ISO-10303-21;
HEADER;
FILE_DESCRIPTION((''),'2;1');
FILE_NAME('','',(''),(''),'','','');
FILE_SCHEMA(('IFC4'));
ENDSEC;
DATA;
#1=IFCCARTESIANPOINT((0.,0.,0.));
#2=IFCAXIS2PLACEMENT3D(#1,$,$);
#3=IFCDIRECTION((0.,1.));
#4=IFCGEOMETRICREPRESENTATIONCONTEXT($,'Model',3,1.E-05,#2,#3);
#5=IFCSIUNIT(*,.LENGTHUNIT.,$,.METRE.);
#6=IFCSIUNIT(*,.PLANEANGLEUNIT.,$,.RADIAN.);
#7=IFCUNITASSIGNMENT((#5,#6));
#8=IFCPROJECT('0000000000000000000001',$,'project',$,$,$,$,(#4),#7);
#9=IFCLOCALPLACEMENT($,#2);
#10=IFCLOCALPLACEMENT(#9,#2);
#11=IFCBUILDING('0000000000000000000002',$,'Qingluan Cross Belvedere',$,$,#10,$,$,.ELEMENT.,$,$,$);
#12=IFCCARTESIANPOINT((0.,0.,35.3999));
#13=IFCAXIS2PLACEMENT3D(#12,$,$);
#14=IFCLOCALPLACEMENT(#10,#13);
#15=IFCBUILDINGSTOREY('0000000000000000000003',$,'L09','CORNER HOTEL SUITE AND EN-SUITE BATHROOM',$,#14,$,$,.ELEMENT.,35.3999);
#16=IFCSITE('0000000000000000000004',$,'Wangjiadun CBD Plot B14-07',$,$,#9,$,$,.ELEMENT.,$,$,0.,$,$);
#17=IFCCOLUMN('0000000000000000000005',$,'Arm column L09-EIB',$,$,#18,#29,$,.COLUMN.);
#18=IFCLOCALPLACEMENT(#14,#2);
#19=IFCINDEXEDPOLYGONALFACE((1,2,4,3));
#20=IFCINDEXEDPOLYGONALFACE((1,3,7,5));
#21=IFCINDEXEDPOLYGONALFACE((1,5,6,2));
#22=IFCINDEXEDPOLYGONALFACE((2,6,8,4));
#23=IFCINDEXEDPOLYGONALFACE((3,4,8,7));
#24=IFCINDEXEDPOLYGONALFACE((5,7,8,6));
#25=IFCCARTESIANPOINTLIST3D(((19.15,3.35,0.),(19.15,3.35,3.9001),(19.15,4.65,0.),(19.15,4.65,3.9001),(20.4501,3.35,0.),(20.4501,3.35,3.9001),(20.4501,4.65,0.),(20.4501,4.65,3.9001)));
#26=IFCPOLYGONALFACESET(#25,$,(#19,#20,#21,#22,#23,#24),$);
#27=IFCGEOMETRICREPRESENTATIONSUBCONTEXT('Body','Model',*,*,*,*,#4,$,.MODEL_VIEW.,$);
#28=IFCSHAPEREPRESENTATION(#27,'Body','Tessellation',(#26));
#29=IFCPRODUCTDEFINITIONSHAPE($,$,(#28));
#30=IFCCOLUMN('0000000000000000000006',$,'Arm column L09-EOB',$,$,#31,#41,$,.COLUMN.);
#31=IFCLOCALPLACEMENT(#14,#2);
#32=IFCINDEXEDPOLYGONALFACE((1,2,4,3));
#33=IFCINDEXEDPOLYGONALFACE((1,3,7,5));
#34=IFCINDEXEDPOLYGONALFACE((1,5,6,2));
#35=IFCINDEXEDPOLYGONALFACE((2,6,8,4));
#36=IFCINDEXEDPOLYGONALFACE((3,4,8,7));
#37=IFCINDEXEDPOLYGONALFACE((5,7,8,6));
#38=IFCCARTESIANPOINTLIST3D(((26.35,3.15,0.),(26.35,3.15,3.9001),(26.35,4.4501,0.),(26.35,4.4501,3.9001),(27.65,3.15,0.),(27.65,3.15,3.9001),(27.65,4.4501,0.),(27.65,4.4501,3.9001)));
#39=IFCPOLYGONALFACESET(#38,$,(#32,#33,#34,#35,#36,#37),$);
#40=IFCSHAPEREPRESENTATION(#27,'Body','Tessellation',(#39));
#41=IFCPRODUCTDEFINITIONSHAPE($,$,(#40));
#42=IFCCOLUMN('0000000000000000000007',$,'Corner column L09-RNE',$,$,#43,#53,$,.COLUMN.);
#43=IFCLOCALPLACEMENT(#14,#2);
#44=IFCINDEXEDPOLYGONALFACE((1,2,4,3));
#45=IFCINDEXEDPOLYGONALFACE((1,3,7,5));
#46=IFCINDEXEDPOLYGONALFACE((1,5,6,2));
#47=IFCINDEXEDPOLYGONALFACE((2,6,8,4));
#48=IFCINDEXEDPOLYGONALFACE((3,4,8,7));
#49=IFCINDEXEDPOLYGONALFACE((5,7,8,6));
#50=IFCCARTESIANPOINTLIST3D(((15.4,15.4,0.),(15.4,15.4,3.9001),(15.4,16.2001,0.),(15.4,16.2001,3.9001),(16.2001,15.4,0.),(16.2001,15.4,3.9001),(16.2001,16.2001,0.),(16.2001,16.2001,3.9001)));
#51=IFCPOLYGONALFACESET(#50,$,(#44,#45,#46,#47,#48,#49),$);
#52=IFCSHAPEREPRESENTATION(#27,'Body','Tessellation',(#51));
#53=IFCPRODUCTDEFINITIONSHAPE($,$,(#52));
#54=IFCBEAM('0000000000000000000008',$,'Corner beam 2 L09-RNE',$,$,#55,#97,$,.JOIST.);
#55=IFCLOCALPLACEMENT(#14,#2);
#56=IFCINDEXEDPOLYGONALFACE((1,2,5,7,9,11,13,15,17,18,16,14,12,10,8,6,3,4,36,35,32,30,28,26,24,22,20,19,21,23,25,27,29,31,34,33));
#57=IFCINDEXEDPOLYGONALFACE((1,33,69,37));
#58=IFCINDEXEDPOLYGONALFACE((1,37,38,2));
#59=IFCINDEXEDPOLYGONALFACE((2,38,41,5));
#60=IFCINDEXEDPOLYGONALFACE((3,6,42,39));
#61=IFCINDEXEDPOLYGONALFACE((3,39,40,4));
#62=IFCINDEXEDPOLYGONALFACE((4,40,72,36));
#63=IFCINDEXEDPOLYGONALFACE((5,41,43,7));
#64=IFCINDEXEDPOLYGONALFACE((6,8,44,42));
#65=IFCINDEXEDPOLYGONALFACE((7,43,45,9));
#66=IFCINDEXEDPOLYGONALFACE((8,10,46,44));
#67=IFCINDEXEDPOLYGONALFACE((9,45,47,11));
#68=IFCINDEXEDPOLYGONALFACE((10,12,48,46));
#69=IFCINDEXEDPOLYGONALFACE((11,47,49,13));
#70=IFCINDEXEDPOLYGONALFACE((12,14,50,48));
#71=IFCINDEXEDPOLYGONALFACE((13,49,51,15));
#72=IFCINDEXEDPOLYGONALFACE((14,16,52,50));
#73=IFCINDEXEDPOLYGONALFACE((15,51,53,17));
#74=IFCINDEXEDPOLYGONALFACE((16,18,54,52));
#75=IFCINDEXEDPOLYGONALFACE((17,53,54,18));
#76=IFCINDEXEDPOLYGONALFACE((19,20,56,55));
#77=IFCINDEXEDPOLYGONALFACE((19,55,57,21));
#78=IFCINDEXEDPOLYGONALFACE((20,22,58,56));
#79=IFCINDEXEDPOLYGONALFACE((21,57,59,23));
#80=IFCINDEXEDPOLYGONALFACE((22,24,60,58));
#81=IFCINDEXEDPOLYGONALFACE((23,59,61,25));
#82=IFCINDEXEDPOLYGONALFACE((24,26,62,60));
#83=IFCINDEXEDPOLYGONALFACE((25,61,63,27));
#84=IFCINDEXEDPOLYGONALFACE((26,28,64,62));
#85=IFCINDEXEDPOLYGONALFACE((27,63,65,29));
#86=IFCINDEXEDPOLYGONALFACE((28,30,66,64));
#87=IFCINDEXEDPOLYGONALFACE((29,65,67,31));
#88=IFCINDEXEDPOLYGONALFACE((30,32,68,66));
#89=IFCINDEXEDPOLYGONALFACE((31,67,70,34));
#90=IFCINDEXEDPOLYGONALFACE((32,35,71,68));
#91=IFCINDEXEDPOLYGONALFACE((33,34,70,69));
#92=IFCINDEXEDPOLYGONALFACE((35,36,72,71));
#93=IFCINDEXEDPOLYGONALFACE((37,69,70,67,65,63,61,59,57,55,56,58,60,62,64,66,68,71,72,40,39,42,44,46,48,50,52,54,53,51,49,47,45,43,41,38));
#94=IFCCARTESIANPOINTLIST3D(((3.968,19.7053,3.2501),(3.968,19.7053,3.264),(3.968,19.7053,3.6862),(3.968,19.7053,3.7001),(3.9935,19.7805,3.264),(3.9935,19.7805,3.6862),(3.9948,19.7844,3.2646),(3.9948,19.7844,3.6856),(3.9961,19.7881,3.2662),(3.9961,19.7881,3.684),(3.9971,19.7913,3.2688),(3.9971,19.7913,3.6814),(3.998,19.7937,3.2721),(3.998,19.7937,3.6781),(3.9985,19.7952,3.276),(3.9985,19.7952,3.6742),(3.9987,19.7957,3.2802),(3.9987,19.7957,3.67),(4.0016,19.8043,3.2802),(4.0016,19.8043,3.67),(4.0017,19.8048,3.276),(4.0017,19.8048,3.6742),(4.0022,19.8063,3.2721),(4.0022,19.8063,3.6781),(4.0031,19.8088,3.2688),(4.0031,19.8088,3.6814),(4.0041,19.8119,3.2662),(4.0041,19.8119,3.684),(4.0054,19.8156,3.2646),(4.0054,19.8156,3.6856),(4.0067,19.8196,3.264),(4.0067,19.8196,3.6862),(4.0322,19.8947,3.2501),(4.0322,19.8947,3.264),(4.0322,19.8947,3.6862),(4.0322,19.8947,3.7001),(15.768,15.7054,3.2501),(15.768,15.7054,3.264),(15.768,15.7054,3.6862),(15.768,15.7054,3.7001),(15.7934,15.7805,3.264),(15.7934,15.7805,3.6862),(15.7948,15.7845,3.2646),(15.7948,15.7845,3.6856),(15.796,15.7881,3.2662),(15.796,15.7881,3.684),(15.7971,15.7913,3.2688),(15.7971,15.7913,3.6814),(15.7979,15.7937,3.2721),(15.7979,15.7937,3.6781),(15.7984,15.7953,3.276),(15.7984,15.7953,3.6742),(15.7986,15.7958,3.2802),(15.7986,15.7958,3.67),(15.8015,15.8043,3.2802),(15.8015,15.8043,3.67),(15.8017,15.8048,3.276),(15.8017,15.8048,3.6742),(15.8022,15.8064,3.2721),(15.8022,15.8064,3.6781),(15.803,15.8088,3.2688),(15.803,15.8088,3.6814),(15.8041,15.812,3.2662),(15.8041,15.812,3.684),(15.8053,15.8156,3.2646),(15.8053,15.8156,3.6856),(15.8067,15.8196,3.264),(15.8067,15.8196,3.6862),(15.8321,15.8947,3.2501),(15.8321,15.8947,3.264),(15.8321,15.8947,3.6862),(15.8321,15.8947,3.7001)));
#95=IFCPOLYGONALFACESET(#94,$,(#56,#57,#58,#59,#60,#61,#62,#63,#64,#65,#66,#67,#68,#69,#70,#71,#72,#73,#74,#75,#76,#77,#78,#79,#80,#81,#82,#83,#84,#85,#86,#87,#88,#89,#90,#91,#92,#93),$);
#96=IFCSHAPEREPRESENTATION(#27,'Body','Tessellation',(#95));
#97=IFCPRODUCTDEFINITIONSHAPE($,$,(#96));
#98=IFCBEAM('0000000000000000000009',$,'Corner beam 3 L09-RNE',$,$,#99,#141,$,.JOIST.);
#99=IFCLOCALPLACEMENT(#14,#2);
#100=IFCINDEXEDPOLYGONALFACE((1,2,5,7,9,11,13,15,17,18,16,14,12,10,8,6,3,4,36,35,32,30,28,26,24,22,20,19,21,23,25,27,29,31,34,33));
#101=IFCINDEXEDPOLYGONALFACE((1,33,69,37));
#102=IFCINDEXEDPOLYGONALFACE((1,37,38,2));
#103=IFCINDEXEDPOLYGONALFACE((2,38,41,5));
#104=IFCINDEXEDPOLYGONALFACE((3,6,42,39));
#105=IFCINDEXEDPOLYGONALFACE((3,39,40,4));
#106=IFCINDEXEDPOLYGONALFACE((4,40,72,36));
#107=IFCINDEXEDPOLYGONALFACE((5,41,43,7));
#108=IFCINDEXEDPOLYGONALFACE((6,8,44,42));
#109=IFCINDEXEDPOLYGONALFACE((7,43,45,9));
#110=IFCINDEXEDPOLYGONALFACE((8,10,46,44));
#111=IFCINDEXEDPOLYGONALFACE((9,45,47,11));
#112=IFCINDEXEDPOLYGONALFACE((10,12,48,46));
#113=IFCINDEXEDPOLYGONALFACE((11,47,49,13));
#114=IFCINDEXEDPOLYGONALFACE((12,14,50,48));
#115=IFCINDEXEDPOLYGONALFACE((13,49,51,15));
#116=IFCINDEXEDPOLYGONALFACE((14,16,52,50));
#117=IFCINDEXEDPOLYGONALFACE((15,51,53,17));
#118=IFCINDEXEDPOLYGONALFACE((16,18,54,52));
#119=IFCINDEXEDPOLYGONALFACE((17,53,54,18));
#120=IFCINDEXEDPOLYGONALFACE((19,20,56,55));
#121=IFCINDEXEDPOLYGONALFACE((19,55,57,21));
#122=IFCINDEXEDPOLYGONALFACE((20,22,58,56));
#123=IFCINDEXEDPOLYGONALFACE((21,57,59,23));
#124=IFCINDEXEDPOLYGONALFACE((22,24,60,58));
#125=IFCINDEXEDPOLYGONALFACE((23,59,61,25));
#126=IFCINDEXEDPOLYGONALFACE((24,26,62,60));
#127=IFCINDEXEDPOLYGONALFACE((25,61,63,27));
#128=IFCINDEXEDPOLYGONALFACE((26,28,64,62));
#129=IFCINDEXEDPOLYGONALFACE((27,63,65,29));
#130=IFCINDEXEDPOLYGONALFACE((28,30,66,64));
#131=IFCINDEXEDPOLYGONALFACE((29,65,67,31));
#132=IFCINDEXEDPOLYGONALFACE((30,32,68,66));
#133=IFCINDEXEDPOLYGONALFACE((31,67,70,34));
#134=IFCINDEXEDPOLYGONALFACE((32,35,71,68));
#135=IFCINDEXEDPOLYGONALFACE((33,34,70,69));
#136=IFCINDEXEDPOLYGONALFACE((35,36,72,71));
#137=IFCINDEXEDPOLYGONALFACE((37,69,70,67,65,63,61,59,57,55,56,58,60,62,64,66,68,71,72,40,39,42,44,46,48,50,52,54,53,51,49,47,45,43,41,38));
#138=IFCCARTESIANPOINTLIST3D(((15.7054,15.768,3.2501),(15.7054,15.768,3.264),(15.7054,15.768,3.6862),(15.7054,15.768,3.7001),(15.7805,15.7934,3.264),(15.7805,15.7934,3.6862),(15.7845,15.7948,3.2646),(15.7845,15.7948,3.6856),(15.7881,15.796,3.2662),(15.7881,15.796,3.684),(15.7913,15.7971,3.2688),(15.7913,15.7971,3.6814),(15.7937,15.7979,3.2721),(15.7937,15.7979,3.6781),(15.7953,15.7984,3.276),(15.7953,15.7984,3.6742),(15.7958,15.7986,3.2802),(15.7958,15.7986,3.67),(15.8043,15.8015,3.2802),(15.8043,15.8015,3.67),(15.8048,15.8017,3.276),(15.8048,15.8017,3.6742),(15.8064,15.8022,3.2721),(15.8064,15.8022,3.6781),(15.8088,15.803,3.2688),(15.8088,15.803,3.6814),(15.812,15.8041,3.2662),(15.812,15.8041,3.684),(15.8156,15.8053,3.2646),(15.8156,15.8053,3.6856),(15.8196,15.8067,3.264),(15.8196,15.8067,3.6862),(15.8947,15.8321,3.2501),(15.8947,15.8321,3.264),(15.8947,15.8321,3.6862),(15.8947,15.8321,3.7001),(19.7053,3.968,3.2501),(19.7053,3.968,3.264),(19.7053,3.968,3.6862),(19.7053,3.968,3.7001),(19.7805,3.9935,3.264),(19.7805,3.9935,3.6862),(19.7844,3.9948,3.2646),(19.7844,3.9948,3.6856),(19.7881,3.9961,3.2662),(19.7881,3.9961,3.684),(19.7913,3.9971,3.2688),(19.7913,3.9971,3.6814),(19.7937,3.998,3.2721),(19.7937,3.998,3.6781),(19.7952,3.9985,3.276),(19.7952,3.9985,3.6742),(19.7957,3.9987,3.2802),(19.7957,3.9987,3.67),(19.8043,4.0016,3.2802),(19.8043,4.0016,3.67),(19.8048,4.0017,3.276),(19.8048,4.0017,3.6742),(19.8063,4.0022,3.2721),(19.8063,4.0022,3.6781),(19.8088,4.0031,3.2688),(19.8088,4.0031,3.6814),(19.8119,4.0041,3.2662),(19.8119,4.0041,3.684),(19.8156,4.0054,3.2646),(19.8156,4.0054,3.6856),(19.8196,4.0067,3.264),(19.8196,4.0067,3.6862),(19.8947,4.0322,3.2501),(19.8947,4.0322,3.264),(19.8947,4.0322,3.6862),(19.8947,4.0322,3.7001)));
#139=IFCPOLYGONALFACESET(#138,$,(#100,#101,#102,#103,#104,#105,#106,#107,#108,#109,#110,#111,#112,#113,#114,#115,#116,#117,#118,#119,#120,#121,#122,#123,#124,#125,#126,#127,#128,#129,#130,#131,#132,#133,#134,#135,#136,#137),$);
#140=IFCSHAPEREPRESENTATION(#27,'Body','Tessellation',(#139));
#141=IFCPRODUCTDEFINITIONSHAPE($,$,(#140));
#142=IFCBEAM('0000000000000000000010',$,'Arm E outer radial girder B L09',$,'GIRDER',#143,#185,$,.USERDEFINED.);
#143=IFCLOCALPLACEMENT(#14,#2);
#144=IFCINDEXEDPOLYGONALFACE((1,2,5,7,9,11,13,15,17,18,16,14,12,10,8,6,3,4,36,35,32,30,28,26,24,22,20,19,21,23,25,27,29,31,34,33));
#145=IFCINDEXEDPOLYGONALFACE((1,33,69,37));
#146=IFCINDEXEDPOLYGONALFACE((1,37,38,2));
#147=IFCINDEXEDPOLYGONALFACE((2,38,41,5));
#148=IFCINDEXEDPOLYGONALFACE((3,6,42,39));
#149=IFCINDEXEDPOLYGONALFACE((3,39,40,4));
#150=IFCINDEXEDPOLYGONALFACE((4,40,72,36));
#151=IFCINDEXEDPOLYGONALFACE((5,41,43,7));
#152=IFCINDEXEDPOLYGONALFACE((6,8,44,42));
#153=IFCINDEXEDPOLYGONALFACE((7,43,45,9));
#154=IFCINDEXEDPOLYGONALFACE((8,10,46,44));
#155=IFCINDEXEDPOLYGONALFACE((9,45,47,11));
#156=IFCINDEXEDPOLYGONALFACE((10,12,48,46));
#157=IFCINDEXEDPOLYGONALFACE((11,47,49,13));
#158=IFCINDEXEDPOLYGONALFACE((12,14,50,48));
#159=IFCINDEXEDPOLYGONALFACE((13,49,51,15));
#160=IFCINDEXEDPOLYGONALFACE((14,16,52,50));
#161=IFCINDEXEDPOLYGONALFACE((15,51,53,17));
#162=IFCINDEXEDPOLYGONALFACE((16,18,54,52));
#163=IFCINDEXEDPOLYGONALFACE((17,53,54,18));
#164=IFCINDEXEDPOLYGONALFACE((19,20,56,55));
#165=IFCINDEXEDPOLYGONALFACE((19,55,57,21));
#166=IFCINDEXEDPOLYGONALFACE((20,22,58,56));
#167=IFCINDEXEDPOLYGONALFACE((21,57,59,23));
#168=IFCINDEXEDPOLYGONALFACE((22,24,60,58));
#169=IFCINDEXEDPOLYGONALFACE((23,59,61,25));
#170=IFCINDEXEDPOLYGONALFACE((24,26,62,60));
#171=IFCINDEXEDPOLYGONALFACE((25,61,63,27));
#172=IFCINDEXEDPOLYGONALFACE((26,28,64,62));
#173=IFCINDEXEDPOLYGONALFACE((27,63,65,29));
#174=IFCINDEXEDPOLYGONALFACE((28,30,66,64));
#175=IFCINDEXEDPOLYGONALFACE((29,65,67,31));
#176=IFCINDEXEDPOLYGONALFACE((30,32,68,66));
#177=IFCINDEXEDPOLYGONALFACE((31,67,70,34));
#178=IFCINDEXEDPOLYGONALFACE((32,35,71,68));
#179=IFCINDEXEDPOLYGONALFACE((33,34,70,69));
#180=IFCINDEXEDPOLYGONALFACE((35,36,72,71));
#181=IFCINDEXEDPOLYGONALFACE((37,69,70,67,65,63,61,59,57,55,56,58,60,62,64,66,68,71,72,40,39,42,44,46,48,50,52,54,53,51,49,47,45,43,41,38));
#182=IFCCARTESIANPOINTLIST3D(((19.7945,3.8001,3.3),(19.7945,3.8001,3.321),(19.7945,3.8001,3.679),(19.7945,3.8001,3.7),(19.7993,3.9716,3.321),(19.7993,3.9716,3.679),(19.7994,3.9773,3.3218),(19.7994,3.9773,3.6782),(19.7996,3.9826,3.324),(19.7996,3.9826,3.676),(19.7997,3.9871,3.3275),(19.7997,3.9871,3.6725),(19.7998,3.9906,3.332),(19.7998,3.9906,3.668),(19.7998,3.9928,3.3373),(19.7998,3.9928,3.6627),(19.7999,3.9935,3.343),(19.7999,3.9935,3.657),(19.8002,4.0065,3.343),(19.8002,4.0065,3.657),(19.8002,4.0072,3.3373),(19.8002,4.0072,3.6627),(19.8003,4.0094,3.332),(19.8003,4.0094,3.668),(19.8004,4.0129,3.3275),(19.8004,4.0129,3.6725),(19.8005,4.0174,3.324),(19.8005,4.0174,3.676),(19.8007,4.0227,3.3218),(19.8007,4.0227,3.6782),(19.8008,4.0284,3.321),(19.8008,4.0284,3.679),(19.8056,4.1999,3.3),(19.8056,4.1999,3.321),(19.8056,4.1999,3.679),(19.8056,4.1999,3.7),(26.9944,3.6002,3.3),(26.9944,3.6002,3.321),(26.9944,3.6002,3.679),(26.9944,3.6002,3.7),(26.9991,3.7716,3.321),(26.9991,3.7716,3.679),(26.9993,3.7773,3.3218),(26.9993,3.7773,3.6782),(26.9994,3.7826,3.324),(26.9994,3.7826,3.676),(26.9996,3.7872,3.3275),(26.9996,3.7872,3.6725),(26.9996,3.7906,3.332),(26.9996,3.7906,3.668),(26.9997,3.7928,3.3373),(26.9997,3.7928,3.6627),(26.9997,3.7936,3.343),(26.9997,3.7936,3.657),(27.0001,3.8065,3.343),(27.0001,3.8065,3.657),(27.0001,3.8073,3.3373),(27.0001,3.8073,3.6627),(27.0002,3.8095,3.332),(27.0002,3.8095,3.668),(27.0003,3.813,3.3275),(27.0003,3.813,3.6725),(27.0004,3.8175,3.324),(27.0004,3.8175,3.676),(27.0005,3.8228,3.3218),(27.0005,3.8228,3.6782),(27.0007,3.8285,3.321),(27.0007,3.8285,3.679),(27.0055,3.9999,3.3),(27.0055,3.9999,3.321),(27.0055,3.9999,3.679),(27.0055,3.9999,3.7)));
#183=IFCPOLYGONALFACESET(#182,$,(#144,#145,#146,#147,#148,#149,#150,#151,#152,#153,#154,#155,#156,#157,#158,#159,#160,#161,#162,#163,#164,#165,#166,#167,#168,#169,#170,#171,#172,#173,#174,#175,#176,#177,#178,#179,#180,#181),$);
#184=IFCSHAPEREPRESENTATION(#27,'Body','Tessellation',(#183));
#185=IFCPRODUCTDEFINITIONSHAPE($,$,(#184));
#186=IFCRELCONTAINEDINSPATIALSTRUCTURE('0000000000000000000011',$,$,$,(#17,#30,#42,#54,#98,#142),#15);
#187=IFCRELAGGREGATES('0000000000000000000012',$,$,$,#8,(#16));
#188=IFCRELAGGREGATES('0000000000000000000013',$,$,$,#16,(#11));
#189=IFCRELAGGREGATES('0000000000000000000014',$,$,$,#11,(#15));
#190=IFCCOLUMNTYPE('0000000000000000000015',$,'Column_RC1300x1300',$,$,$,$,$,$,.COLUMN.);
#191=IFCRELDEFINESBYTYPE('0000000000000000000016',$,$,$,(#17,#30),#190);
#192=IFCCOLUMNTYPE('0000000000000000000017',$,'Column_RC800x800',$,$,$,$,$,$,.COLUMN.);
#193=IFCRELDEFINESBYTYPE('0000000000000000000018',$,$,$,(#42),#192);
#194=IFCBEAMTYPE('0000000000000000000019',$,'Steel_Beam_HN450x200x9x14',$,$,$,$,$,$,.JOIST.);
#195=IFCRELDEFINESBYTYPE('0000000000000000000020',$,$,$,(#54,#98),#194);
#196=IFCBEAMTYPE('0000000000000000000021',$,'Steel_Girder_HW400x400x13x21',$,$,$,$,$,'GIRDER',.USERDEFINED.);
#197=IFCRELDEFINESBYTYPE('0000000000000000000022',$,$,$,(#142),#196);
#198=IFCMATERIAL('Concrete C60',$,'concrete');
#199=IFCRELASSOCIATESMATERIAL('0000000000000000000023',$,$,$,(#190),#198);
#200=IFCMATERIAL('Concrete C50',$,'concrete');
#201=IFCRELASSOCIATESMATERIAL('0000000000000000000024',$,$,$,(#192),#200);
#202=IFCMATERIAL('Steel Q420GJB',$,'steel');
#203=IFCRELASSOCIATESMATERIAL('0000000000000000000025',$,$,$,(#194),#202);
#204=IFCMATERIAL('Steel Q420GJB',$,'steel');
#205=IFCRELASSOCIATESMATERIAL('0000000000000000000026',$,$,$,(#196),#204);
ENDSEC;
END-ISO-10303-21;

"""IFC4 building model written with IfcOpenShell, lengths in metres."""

from ifc_helpers import new_model, si_unit, direction, frame, origin, origin_2d, place, context, subcontext, project, spatial, rectangle, i_section, extrude, material, material_profile, profile_set, type_object, element, save


model = new_model("IFC4")

# Units and contexts
model_context = context("Model", 3, precision=1e-05, world=origin(), true_north=direction((0.0, 1.0)))
body_context = subcontext(model_context, "Body", "Model", "MODEL_VIEW")
ifc_project = project(units=[si_unit("LENGTHUNIT", "METRE"), si_unit("PLANEANGLEUNIT", "RADIAN")], contexts=[model_context])

# Site, building, storey
site_placement = place(None, origin())
site = spatial("IfcSite", under=ifc_project, at=site_placement, Name="Wangjiadun CBD Plot B14-07", CompositionType="ELEMENT", RefElevation=0.0)
building_placement = place(site_placement, origin())
building = spatial("IfcBuilding", under=site, at=building_placement, Name="Qingluan Cross Belvedere", CompositionType="ELEMENT")
storey_placement = place(building_placement, frame((0.0, 0.0, 35.3999)))
storey = spatial("IfcBuildingStorey", under=building, at=storey_placement, Name="L09", Description="CORNER HOTEL SUITE AND EN-SUITE BATHROOM", CompositionType="ELEMENT", Elevation=35.3999)

# Columns
ifc_material_1 = material(Name="Concrete C60", Category="concrete")
ifc_material_profile_1 = material_profile(ifc_material_1, rectangle(XDim=1.3, YDim=1.3, at=origin_2d()), Name="RC1300x1300")
ifc_profile_set_1 = profile_set([ifc_material_profile_1], Name="Concrete C60")
column_type_1 = type_object("IfcColumnType", Name="Column_RC1300x1300", PredefinedType="COLUMN", material=ifc_profile_set_1)
for number, where, z_axis, x_axis, name in (
    (1, (19.8, 4.0, 0.0), (0.0, 0.0, 1.0), (1.0, 0.0, 0.0), "Arm column L09-EIB"),
    (2, (27.0, 3.8, 0.0), (0.0, 0.0, 1.0), (1.0, 0.0, 0.0), "Arm column L09-EOB"),
):
    element("IfcColumn", number, at=place(storey_placement, frame(where, z_axis=z_axis, x_axis=x_axis)), inside=storey, type_object=column_type_1, Name=name, PredefinedType="COLUMN", context=body_context, shape_type="SweptSolid", body=[
        extrude(rectangle(XDim=1.3, YDim=1.3, at=origin_2d()), origin(), (0.0, 0.0, 1.0), 3.9001),
    ])
ifc_material_2 = material(Name="Concrete C50", Category="concrete")
ifc_material_profile_2 = material_profile(ifc_material_2, rectangle(XDim=0.8, YDim=0.8, at=origin_2d()), Name="RC800x800")
ifc_profile_set_2 = profile_set([ifc_material_profile_2], Name="Concrete C50")
column_type_2 = type_object("IfcColumnType", Name="Column_RC800x800", PredefinedType="COLUMN", material=ifc_profile_set_2)
column_placement = place(storey_placement, frame((15.8, 15.8, 0.0), z_axis=(0.0, 0.0, 1.0), x_axis=(1.0, 0.0, 0.0)))
element("IfcColumn", 3, at=column_placement, inside=storey, type_object=column_type_2, Name="Corner column L09-RNE", PredefinedType="COLUMN", context=body_context, shape_type="SweptSolid", body=[
    extrude(rectangle(XDim=0.8, YDim=0.8, at=origin_2d()), origin(), (0.0, 0.0, 1.0), 3.9001),
])

# Beams
ifc_material_3 = material(Name="Steel Q420GJB", Category="steel")
ifc_material_profile_3 = material_profile(ifc_material_3, i_section(OverallWidth=0.2, OverallDepth=0.45, WebThickness=0.009, FlangeThickness=0.0139, FilletRadius=0.0161, at=origin_2d()), Name="HN450x200x9x14")
ifc_profile_set_3 = profile_set([ifc_material_profile_3], Name="Steel Q420GJB")
beam_type_1 = type_object("IfcBeamType", Name="Steel_Beam_HN450x200x9x14", PredefinedType="JOIST", material=ifc_profile_set_3)
for number, where, z_axis, x_axis, name in (
    (4, (15.8, 15.8, 3.4751), (-0.947066, 0.321038, 0.0), (-0.321038, -0.947066, 0.0), "Corner beam 2 L09-RNE"),
    (5, (15.8, 15.8, 3.4751), (0.321038, -0.947066, 0.0), (0.947066, 0.321038, 0.0), "Corner beam 3 L09-RNE"),
):
    element("IfcBeam", number, at=place(storey_placement, frame(where, z_axis=z_axis, x_axis=x_axis)), inside=storey, type_object=beam_type_1, Name=name, PredefinedType="JOIST", context=body_context, shape_type="SweptSolid", body=[
        extrude(i_section(OverallWidth=0.2, OverallDepth=0.45, WebThickness=0.009, FlangeThickness=0.0139, FilletRadius=0.0161, at=origin_2d()), origin(), (0.0, 0.0, 1.0), 12.4595),
    ])
ifc_material_4 = material(Name="Steel Q420GJB", Category="steel")
ifc_material_profile_4 = material_profile(ifc_material_4, i_section(OverallWidth=0.3999, OverallDepth=0.3999, WebThickness=0.0129, FlangeThickness=0.021, FilletRadius=0.022, at=origin_2d()), Name="HW400x400x13x21")
ifc_profile_set_4 = profile_set([ifc_material_profile_4], Name="Steel Q420GJB")
beam_type_2 = type_object("IfcBeamType", Name="Steel_Girder_HW400x400x13x21", ElementType="GIRDER", PredefinedType="USERDEFINED", material=ifc_profile_set_4)
beam_placement = place(storey_placement, frame((19.8, 4.0, 3.5), z_axis=(0.999615, -0.02776, 0.0), x_axis=(0.02776, 0.999615, 0.0)))
element("IfcBeam", 6, at=beam_placement, inside=storey, type_object=beam_type_2, Name="Arm E outer radial girder B L09", ObjectType="GIRDER", PredefinedType="USERDEFINED", context=body_context, shape_type="SweptSolid", body=[
    extrude(i_section(OverallWidth=0.3999, OverallDepth=0.3999, WebThickness=0.0129, FlangeThickness=0.021, FilletRadius=0.022, at=origin_2d()), origin(), (0.0, 0.0, 1.0), 7.2026),
])

save(model, "model.ifc")
